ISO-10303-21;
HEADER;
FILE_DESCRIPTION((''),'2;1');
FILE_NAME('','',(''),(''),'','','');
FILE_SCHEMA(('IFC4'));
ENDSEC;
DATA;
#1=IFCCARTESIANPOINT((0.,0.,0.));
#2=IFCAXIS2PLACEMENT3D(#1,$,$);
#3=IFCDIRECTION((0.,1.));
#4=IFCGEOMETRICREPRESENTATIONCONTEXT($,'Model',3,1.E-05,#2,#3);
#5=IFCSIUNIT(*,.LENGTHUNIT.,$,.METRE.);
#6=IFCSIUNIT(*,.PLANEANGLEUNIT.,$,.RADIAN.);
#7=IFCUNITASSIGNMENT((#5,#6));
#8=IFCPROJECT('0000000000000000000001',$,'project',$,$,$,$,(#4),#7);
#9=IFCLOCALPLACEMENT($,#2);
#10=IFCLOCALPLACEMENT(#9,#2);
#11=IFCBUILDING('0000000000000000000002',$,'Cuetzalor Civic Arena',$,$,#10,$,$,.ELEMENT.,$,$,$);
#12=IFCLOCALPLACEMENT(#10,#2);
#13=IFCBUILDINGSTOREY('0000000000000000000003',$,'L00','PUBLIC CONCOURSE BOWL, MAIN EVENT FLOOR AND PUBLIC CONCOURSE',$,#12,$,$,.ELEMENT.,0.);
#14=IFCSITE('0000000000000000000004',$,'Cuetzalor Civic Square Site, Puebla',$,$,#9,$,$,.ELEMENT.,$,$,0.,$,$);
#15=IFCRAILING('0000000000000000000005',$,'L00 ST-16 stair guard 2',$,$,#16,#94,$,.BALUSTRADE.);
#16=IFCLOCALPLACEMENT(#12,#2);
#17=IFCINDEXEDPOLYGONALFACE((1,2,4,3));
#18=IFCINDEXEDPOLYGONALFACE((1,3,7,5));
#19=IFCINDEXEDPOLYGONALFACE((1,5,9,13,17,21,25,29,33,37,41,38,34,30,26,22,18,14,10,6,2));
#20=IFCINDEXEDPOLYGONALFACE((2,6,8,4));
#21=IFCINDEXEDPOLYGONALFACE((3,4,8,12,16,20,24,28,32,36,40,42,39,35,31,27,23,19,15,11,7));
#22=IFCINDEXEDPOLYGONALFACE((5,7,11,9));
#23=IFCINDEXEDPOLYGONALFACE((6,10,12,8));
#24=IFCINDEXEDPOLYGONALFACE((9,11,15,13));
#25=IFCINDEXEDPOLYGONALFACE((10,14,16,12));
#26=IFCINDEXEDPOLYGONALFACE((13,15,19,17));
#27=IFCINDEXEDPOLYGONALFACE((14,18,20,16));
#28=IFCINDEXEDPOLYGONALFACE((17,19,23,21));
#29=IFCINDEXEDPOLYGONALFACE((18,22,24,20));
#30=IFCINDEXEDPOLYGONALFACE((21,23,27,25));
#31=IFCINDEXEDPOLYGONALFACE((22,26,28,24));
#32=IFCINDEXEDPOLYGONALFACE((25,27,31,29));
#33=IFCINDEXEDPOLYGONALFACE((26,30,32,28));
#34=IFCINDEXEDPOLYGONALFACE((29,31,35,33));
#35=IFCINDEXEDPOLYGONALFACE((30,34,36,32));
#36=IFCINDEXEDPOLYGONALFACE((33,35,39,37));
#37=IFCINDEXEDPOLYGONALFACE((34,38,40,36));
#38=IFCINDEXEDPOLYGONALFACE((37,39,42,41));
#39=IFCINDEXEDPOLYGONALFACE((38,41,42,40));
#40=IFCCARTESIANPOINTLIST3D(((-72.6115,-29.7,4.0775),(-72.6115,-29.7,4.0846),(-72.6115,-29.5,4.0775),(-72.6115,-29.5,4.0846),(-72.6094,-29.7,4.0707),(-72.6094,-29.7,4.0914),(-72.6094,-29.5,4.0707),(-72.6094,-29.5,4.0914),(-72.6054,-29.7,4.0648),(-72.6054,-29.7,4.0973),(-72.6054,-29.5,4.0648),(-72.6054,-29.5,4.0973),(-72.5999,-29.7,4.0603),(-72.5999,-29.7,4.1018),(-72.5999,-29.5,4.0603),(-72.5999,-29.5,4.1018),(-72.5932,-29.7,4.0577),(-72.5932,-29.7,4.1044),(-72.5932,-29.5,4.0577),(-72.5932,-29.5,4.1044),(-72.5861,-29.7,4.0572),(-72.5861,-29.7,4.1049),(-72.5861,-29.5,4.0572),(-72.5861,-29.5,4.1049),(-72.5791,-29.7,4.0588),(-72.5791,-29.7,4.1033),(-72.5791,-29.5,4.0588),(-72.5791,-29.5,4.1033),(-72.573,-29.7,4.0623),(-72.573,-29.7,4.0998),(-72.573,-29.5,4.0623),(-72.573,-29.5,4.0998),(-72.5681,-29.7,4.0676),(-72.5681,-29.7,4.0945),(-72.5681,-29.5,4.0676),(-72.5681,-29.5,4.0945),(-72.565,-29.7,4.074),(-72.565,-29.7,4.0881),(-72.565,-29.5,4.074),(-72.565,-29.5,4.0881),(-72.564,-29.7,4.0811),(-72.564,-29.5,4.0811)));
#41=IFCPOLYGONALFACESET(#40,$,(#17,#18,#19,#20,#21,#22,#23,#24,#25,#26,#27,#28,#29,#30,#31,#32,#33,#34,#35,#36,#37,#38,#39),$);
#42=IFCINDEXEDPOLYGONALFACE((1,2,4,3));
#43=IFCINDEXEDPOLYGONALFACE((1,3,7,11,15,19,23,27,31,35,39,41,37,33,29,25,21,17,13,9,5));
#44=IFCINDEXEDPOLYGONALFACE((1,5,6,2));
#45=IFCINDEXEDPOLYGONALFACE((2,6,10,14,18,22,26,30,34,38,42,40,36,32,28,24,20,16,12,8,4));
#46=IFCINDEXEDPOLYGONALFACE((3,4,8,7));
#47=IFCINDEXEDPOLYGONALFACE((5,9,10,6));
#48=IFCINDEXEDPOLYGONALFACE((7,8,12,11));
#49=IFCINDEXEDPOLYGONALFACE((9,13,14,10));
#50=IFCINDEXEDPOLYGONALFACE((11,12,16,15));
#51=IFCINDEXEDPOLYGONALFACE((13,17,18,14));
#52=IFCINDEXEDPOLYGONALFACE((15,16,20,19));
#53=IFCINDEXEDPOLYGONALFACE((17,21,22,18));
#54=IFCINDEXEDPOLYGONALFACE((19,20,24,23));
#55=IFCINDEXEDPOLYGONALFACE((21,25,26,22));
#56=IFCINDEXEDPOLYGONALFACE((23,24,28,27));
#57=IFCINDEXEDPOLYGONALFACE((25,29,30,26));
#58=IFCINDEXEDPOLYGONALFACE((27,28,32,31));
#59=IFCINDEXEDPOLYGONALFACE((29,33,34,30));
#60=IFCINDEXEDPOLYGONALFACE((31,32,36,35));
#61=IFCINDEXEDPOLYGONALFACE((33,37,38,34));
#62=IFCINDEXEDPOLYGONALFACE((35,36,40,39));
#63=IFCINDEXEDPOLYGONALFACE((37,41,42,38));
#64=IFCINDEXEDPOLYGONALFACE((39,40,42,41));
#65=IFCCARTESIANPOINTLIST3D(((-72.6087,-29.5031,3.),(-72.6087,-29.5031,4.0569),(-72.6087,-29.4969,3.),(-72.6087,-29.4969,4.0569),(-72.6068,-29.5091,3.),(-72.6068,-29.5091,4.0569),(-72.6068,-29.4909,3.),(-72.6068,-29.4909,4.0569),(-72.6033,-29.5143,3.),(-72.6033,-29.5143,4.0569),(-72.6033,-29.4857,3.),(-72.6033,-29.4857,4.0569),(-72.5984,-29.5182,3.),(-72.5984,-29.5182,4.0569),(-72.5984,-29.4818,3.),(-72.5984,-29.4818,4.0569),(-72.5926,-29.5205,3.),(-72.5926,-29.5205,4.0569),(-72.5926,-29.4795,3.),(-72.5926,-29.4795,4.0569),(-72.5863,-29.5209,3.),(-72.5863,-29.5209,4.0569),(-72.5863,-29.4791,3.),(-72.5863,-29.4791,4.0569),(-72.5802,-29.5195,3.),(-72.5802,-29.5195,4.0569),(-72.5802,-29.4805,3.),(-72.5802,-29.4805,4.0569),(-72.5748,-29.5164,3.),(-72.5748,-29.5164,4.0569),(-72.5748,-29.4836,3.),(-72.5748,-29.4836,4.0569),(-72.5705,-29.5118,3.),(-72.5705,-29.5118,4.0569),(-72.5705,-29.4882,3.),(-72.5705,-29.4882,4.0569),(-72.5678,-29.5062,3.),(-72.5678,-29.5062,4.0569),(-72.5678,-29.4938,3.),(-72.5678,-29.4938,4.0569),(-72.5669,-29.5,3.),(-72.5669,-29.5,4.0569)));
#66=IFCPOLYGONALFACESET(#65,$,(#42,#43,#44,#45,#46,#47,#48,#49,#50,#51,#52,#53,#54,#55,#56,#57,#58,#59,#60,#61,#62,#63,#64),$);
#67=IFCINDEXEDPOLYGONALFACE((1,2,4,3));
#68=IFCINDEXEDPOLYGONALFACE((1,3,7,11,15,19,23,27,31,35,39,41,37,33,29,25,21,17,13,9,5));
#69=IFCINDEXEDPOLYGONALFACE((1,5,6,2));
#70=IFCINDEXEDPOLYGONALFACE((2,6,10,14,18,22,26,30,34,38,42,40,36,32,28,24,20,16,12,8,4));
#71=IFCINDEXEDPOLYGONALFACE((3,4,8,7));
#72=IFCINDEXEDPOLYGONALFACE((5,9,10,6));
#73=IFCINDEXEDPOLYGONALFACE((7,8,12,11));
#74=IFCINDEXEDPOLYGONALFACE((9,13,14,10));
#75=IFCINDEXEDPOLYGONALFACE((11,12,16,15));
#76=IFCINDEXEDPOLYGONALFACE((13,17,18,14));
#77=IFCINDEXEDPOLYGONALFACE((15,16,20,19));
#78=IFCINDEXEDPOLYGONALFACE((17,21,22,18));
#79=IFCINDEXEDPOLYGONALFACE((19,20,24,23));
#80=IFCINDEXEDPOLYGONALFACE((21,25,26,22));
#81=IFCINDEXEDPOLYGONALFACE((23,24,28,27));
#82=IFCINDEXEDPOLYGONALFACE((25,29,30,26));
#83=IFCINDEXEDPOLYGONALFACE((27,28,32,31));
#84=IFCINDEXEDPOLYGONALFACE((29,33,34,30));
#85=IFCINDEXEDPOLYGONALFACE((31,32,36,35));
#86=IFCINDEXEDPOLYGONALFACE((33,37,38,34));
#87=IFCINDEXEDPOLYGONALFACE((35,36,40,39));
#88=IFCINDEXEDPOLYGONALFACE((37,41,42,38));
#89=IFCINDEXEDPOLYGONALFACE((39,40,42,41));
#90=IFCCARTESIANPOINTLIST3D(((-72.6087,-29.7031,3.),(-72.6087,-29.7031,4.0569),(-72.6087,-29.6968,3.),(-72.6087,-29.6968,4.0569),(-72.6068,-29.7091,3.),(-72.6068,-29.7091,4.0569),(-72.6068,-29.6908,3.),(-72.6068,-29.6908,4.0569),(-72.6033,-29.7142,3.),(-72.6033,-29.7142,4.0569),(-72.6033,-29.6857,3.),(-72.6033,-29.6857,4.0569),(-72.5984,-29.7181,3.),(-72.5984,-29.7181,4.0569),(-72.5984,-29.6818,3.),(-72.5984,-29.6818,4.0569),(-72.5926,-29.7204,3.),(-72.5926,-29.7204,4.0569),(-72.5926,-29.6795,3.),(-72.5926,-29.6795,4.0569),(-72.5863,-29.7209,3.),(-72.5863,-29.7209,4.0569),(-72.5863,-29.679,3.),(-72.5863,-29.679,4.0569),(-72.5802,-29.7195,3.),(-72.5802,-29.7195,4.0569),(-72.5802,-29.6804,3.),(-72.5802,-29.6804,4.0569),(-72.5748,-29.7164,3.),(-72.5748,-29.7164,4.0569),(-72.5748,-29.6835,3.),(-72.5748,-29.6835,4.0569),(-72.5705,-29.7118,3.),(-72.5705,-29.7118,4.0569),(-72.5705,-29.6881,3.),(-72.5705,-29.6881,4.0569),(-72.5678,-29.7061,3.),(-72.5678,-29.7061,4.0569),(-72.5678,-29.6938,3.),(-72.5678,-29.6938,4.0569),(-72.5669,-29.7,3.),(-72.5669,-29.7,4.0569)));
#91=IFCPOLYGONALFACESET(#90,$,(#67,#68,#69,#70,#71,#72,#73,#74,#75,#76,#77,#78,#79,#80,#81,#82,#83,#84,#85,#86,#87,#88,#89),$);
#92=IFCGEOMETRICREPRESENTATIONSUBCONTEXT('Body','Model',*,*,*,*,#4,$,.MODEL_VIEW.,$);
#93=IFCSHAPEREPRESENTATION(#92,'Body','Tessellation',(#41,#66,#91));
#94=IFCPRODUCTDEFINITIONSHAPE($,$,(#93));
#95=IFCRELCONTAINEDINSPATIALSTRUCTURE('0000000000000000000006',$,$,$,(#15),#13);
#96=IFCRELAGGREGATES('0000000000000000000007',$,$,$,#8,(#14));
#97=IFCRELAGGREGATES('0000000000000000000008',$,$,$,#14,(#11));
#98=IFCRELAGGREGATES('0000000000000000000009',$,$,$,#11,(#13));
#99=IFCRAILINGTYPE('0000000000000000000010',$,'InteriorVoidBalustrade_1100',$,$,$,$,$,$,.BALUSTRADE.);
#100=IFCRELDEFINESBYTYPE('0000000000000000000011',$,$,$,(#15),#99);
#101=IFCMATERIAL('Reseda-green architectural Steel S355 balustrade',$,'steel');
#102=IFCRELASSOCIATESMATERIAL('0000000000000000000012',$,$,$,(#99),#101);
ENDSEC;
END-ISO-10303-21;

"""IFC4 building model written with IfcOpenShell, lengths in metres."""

from ifc_helpers import new_model, si_unit, direction, frame, origin, origin_2d, place, context, subcontext, project, spatial, circle, extrude, material, type_object, element, save


model = new_model("IFC4")

# Units and contexts
model_context = context("Model", 3, precision=1e-05, world=origin(), true_north=direction((0.0, 1.0)))
body_context = subcontext(model_context, "Body", "Model", "MODEL_VIEW")
ifc_project = project(units=[si_unit("LENGTHUNIT", "METRE"), si_unit("PLANEANGLEUNIT", "RADIAN")], contexts=[model_context])

# Site, building, storey
site_placement = place(None, origin())
site = spatial("IfcSite", under=ifc_project, at=site_placement, Name="Cuetzalor Civic Square Site, Puebla", CompositionType="ELEMENT", RefElevation=0.0)
building_placement = place(site_placement, origin())
building = spatial("IfcBuilding", under=site, at=building_placement, Name="Cuetzalor Civic Arena", CompositionType="ELEMENT")
storey_placement = place(building_placement, origin())
storey = spatial("IfcBuildingStorey", under=building, at=storey_placement, Name="L00", Description="PUBLIC CONCOURSE BOWL, MAIN EVENT FLOOR AND PUBLIC CONCOURSE", CompositionType="ELEMENT", Elevation=0.0)

# Railing
ifc_material_1 = material(Name="Reseda-green architectural Steel S355 balustrade", Category="steel")
railing_type_1 = type_object("IfcRailingType", Name="InteriorVoidBalustrade_1100", PredefinedType="BALUSTRADE", material=ifc_material_1)
railing_1_placement = place(storey_placement, frame((-72.5879, -29.5, 3.0)))
element("IfcRailing", 1, at=railing_1_placement, inside=storey, type_object=railing_type_1, Name="L00 ST-16 stair guard 2", PredefinedType="BALUSTRADE", context=body_context, shape_type="SweptSolid", body=[
    extrude(circle(Radius=0.0239, at=origin_2d()), frame((0.0, 0.0, 1.0811), z_axis=(0.0, -1.0, 0.0), x_axis=(1.0, 0.0, 0.0)), (0.0, 0.0, 1.0), 0.2),
    extrude(circle(Radius=0.021, at=origin_2d()), origin(), (0.0, 0.0, 1.0), 1.0569),
    extrude(circle(Radius=0.021, at=origin_2d()), frame((0.0, -0.2, 0.0)), (0.0, 0.0, 1.0), 1.0569),
])

save(model, "model.ifc")
